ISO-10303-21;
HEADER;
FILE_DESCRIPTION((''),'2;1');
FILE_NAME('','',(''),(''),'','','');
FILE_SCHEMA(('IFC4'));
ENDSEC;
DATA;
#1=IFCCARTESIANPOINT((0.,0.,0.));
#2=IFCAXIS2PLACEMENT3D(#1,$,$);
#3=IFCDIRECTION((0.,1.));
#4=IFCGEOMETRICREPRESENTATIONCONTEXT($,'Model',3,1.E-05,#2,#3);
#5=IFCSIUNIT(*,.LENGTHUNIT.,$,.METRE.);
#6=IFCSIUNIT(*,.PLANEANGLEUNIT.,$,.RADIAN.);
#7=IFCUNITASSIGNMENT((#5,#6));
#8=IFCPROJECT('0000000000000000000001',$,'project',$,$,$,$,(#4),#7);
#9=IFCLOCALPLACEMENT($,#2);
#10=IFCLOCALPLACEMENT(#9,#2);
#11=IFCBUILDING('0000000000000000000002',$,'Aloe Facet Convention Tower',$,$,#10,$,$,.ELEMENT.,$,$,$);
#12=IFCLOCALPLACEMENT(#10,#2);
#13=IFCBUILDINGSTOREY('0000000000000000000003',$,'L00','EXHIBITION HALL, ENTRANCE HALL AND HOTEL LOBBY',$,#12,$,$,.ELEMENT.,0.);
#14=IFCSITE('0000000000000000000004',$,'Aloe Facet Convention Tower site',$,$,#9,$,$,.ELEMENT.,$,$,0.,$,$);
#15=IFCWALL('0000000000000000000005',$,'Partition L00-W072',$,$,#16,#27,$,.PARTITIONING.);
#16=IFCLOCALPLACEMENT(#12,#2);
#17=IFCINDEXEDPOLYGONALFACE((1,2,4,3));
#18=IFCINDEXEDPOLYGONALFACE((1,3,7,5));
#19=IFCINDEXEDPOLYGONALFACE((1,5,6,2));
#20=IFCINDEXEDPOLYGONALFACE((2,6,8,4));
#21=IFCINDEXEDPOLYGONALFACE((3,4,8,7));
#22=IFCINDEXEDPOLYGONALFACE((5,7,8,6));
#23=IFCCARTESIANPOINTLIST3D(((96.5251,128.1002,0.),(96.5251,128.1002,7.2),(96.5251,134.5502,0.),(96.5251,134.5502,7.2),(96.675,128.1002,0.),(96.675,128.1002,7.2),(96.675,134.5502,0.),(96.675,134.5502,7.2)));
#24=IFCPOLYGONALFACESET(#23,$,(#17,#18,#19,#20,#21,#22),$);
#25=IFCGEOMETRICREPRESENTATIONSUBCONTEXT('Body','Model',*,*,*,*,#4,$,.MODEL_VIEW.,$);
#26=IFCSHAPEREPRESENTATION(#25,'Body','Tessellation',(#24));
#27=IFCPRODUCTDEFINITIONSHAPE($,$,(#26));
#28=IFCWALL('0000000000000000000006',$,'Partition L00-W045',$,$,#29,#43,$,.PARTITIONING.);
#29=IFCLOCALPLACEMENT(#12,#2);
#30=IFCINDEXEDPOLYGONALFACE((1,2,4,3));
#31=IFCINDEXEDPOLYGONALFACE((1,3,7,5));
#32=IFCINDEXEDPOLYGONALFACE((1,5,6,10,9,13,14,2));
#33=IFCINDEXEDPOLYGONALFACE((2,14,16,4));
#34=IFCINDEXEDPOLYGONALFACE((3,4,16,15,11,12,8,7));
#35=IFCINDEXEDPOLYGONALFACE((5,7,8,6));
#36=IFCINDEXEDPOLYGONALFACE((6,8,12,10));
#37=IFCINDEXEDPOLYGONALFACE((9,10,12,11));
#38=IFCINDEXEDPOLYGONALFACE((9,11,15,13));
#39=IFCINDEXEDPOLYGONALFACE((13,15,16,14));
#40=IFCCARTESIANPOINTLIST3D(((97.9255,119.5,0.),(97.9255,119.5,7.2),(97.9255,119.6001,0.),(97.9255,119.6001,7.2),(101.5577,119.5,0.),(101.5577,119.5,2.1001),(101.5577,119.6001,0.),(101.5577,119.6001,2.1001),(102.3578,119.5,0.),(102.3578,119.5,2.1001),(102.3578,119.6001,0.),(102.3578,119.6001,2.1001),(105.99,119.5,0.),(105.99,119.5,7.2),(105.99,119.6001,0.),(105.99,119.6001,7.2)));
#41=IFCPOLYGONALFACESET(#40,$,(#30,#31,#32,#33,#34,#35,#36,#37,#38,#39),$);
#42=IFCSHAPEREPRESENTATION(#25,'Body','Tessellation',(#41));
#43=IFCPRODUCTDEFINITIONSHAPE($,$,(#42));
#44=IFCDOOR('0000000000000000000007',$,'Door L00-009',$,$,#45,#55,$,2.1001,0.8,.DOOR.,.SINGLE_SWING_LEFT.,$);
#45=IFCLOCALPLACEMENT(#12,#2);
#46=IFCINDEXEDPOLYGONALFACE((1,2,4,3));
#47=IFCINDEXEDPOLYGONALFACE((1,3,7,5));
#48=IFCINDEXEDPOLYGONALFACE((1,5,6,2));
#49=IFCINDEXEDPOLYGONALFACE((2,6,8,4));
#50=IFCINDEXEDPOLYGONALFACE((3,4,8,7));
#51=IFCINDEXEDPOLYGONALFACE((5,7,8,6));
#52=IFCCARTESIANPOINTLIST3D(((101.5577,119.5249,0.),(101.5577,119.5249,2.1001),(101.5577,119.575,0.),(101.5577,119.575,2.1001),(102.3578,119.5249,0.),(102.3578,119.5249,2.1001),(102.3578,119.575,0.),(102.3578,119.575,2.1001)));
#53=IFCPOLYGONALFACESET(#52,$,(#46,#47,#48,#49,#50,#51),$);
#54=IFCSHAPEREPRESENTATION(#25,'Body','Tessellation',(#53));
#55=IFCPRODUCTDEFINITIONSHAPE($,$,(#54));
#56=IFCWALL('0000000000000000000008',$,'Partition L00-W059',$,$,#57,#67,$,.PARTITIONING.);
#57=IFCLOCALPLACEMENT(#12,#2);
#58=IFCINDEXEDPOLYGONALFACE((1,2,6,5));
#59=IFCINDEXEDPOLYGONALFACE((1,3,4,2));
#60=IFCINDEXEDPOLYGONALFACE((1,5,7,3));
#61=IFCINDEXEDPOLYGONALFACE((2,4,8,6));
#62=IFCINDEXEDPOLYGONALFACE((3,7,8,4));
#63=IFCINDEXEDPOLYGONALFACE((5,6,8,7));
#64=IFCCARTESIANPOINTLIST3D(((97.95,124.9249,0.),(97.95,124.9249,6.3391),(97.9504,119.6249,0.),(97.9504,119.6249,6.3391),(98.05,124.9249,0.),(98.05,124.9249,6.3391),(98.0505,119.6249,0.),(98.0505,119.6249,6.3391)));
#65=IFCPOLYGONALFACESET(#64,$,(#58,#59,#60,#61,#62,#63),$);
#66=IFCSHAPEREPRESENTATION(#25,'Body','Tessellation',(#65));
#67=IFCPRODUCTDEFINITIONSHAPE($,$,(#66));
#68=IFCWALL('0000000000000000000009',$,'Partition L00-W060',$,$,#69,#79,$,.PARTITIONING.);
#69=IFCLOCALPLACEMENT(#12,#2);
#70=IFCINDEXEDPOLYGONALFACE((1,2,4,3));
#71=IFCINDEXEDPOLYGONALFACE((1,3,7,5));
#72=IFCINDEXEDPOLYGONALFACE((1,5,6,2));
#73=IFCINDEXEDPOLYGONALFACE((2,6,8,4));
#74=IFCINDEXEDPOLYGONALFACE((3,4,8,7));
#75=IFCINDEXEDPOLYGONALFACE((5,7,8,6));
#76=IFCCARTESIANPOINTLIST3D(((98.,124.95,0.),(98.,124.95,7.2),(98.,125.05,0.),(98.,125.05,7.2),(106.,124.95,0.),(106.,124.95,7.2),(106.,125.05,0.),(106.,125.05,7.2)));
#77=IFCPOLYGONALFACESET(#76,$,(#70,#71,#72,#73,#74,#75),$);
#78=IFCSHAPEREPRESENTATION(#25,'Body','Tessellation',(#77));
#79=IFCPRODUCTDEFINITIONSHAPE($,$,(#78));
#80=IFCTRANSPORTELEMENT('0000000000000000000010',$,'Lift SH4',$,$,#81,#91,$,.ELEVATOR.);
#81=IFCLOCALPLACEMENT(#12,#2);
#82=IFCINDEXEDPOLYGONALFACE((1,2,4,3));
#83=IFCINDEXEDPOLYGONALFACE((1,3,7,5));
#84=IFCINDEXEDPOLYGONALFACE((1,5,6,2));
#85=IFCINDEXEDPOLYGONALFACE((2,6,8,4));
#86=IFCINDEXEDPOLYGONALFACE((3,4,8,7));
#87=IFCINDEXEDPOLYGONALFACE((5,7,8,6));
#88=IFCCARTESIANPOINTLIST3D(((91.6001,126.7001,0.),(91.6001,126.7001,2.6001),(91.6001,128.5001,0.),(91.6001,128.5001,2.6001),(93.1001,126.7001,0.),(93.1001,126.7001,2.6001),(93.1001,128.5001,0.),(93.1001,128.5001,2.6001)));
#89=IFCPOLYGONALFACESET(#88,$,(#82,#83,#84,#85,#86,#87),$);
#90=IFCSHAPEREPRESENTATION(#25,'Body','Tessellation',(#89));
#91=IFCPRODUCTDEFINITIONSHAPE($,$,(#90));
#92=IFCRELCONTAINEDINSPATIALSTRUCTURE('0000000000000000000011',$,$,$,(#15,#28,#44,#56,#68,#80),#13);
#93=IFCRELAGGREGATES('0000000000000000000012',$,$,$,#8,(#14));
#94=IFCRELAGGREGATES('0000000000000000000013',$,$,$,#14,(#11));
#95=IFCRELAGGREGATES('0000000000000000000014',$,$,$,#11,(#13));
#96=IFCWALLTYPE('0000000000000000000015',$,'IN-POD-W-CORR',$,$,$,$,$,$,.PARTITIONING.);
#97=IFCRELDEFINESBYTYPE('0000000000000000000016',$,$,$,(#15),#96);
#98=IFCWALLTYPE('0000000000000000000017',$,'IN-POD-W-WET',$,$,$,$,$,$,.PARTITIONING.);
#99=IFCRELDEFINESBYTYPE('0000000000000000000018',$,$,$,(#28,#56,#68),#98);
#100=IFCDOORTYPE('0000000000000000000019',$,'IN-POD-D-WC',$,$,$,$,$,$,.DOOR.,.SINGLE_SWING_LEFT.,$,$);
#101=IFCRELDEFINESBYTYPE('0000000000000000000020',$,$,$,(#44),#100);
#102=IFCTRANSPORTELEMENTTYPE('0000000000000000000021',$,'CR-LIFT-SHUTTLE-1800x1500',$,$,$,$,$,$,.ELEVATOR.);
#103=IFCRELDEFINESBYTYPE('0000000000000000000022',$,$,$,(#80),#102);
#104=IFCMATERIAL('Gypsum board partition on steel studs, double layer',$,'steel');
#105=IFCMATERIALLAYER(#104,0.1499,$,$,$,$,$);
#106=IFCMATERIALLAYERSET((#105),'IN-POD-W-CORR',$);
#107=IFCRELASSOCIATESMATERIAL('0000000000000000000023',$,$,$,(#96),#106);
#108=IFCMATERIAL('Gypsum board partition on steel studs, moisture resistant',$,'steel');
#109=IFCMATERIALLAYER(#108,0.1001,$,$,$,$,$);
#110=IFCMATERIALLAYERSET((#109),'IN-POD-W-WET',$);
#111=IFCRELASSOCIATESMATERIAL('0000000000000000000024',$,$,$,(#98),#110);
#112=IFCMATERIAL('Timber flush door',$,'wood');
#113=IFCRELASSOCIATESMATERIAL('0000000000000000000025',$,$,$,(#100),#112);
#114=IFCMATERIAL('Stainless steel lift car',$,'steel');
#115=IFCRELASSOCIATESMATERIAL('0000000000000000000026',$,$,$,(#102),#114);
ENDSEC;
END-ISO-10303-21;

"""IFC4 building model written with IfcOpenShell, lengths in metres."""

from ifc_helpers import new_model, si_unit, direction, frame, frame_2d, origin, origin_2d, place, context, subcontext, project, spatial, rectangle, extrude, material, layer, layer_set, type_object, element, fill, save


model = new_model("IFC4")

# Units and contexts
model_context = context("Model", 3, precision=1e-05, world=origin(), true_north=direction((0.0, 1.0)))
body_context = subcontext(model_context, "Body", "Model", "MODEL_VIEW")
ifc_project = project(units=[si_unit("LENGTHUNIT", "METRE"), si_unit("PLANEANGLEUNIT", "RADIAN")], contexts=[model_context])

# Site, building, storey
site_placement = place(None, origin())
site = spatial("IfcSite", under=ifc_project, at=site_placement, Name="Aloe Facet Convention Tower site", CompositionType="ELEMENT", RefElevation=0.0)
building_placement = place(site_placement, origin())
building = spatial("IfcBuilding", under=site, at=building_placement, Name="Aloe Facet Convention Tower", CompositionType="ELEMENT")
storey_placement = place(building_placement, origin())
storey = spatial("IfcBuildingStorey", under=building, at=storey_placement, Name="L00", Description="EXHIBITION HALL, ENTRANCE HALL AND HOTEL LOBBY", CompositionType="ELEMENT", Elevation=0.0)

# Shared definitions
ifc_material_1 = material(Name="Gypsum board partition on steel studs, double layer", Category="steel")
ifc_layer_1 = layer(ifc_material_1, 0.1499)
ifc_layer_set_1 = layer_set([ifc_layer_1], Name="IN-POD-W-CORR")
wall_type_1 = type_object("IfcWallType", Name="IN-POD-W-CORR", PredefinedType="PARTITIONING", material=ifc_layer_set_1)

# Wall
wall_1_placement = place(storey_placement, frame((96.6001, 128.1001, 0.0), z_axis=(0.0, 0.0, 1.0), x_axis=(0.0, 1.0, 0.0)))
element("IfcWall", 1, at=wall_1_placement, inside=storey, type_object=wall_type_1, Name="Partition L00-W072", PredefinedType="PARTITIONING", context=body_context, shape_type="SweptSolid", body=[
    extrude(rectangle(XDim=6.45, YDim=0.1499, at=frame_2d((3.2251, 0.0))), origin(), (0.0, 0.0, 1.0), 7.2),
])

# Wall, opening, door
ifc_material_2 = material(Name="Gypsum board partition on steel studs, moisture resistant", Category="steel")
ifc_layer_2 = layer(ifc_material_2, 0.1001)
ifc_layer_set_2 = layer_set([ifc_layer_2], Name="IN-POD-W-WET")
wall_type_2 = type_object("IfcWallType", Name="IN-POD-W-WET", PredefinedType="PARTITIONING", material=ifc_layer_set_2)
wall_2_placement = place(storey_placement, frame((97.9255, 119.55, 0.0), z_axis=(0.0, 0.0, 1.0), x_axis=(1.0, 0.0, 0.0)))
wall_2 = element("IfcWall", 2, at=wall_2_placement, inside=storey, type_object=wall_type_2, Name="Partition L00-W045", PredefinedType="PARTITIONING", context=body_context, shape_type="SweptSolid", body=[
    extrude(rectangle(XDim=8.0645, YDim=0.1001, at=frame_2d((4.0322, 0.0))), origin(), (0.0, 0.0, 1.0), 7.2),
])
opening_1_placement = place(wall_2_placement, frame((3.6323, 0.0, 0.0)))
opening_1 = element("IfcOpeningElement", 3, at=opening_1_placement, cuts=wall_2, PredefinedType="OPENING", context=body_context, shape_type="SweptSolid", body=[
    extrude(rectangle(XDim=0.8, YDim=2.1001, at=frame_2d((0.3999, 1.05))), frame((0.0, 0.0601, 0.0), z_axis=(0.0, -1.0, 0.0), x_axis=(1.0, 0.0, 0.0)), (0.0, 0.0, 1.0), 0.1201),
])
ifc_material_3 = material(Name="Timber flush door", Category="wood")
door_type_1 = type_object("IfcDoorType", Name="IN-POD-D-WC", OperationType="SINGLE_SWING_LEFT", PredefinedType="DOOR", material=ifc_material_3)
door_1_placement = place(opening_1_placement, origin())
door_1 = element("IfcDoor", 4, at=door_1_placement, inside=storey, type_object=door_type_1, Name="Door L00-009", OperationType="SINGLE_SWING_LEFT", OverallHeight=2.1001, OverallWidth=0.8, PredefinedType="DOOR", context=body_context, shape_type="SweptSolid", body=[
    extrude(rectangle(XDim=0.8, YDim=2.1001, at=frame_2d((0.3999, 1.05))), frame((0.0, 0.0249, 0.0), z_axis=(0.0, -1.0, 0.0), x_axis=(1.0, 0.0, 0.0)), (0.0, 0.0, 1.0), 0.05),
])
fill(opening_1, door_1)

# Walls
wall_3_placement = place(storey_placement, frame((98.0005, 119.625, 0.0), z_axis=(0.0, 0.0, 1.0), x_axis=(-0.000092, 1.0, 0.0)))
element("IfcWall", 5, at=wall_3_placement, inside=storey, type_object=wall_type_2, Name="Partition L00-W059", PredefinedType="PARTITIONING", context=body_context, shape_type="SweptSolid", body=[
    extrude(rectangle(XDim=5.3, YDim=0.1001, at=frame_2d((2.6499, 0.0))), origin(), (0.0, 0.0, 1.0), 6.3391),
])
wall_4_placement = place(storey_placement, frame((98.0, 125.0, 0.0), z_axis=(0.0, 0.0, 1.0), x_axis=(1.0, 0.0, 0.0)))
element("IfcWall", 6, at=wall_4_placement, inside=storey, type_object=wall_type_2, Name="Partition L00-W060", PredefinedType="PARTITIONING", context=body_context, shape_type="SweptSolid", body=[
    extrude(rectangle(XDim=8.0, YDim=0.1001, at=frame_2d((4.0, 0.0))), origin(), (0.0, 0.0, 1.0), 7.2),
])

# Transport element
ifc_material_4 = material(Name="Stainless steel lift car", Category="steel")
transport_element_type = type_object("IfcTransportElementType", Name="CR-LIFT-SHUTTLE-1800x1500", PredefinedType="ELEVATOR", material=ifc_material_4)
transport_element_placement = place(storey_placement, frame((92.3501, 127.6001, 0.0), z_axis=(0.0, 0.0, 1.0), x_axis=(1.0, 0.0, 0.0)))
element("IfcTransportElement", 7, at=transport_element_placement, inside=storey, type_object=transport_element_type, Name="Lift SH4", PredefinedType="ELEVATOR", context=body_context, shape_type="SweptSolid", body=[
    extrude(rectangle(XDim=1.5, YDim=1.8, at=origin_2d()), origin(), (0.0, 0.0, 1.0), 2.6001),
])

save(model, "model.ifc")
